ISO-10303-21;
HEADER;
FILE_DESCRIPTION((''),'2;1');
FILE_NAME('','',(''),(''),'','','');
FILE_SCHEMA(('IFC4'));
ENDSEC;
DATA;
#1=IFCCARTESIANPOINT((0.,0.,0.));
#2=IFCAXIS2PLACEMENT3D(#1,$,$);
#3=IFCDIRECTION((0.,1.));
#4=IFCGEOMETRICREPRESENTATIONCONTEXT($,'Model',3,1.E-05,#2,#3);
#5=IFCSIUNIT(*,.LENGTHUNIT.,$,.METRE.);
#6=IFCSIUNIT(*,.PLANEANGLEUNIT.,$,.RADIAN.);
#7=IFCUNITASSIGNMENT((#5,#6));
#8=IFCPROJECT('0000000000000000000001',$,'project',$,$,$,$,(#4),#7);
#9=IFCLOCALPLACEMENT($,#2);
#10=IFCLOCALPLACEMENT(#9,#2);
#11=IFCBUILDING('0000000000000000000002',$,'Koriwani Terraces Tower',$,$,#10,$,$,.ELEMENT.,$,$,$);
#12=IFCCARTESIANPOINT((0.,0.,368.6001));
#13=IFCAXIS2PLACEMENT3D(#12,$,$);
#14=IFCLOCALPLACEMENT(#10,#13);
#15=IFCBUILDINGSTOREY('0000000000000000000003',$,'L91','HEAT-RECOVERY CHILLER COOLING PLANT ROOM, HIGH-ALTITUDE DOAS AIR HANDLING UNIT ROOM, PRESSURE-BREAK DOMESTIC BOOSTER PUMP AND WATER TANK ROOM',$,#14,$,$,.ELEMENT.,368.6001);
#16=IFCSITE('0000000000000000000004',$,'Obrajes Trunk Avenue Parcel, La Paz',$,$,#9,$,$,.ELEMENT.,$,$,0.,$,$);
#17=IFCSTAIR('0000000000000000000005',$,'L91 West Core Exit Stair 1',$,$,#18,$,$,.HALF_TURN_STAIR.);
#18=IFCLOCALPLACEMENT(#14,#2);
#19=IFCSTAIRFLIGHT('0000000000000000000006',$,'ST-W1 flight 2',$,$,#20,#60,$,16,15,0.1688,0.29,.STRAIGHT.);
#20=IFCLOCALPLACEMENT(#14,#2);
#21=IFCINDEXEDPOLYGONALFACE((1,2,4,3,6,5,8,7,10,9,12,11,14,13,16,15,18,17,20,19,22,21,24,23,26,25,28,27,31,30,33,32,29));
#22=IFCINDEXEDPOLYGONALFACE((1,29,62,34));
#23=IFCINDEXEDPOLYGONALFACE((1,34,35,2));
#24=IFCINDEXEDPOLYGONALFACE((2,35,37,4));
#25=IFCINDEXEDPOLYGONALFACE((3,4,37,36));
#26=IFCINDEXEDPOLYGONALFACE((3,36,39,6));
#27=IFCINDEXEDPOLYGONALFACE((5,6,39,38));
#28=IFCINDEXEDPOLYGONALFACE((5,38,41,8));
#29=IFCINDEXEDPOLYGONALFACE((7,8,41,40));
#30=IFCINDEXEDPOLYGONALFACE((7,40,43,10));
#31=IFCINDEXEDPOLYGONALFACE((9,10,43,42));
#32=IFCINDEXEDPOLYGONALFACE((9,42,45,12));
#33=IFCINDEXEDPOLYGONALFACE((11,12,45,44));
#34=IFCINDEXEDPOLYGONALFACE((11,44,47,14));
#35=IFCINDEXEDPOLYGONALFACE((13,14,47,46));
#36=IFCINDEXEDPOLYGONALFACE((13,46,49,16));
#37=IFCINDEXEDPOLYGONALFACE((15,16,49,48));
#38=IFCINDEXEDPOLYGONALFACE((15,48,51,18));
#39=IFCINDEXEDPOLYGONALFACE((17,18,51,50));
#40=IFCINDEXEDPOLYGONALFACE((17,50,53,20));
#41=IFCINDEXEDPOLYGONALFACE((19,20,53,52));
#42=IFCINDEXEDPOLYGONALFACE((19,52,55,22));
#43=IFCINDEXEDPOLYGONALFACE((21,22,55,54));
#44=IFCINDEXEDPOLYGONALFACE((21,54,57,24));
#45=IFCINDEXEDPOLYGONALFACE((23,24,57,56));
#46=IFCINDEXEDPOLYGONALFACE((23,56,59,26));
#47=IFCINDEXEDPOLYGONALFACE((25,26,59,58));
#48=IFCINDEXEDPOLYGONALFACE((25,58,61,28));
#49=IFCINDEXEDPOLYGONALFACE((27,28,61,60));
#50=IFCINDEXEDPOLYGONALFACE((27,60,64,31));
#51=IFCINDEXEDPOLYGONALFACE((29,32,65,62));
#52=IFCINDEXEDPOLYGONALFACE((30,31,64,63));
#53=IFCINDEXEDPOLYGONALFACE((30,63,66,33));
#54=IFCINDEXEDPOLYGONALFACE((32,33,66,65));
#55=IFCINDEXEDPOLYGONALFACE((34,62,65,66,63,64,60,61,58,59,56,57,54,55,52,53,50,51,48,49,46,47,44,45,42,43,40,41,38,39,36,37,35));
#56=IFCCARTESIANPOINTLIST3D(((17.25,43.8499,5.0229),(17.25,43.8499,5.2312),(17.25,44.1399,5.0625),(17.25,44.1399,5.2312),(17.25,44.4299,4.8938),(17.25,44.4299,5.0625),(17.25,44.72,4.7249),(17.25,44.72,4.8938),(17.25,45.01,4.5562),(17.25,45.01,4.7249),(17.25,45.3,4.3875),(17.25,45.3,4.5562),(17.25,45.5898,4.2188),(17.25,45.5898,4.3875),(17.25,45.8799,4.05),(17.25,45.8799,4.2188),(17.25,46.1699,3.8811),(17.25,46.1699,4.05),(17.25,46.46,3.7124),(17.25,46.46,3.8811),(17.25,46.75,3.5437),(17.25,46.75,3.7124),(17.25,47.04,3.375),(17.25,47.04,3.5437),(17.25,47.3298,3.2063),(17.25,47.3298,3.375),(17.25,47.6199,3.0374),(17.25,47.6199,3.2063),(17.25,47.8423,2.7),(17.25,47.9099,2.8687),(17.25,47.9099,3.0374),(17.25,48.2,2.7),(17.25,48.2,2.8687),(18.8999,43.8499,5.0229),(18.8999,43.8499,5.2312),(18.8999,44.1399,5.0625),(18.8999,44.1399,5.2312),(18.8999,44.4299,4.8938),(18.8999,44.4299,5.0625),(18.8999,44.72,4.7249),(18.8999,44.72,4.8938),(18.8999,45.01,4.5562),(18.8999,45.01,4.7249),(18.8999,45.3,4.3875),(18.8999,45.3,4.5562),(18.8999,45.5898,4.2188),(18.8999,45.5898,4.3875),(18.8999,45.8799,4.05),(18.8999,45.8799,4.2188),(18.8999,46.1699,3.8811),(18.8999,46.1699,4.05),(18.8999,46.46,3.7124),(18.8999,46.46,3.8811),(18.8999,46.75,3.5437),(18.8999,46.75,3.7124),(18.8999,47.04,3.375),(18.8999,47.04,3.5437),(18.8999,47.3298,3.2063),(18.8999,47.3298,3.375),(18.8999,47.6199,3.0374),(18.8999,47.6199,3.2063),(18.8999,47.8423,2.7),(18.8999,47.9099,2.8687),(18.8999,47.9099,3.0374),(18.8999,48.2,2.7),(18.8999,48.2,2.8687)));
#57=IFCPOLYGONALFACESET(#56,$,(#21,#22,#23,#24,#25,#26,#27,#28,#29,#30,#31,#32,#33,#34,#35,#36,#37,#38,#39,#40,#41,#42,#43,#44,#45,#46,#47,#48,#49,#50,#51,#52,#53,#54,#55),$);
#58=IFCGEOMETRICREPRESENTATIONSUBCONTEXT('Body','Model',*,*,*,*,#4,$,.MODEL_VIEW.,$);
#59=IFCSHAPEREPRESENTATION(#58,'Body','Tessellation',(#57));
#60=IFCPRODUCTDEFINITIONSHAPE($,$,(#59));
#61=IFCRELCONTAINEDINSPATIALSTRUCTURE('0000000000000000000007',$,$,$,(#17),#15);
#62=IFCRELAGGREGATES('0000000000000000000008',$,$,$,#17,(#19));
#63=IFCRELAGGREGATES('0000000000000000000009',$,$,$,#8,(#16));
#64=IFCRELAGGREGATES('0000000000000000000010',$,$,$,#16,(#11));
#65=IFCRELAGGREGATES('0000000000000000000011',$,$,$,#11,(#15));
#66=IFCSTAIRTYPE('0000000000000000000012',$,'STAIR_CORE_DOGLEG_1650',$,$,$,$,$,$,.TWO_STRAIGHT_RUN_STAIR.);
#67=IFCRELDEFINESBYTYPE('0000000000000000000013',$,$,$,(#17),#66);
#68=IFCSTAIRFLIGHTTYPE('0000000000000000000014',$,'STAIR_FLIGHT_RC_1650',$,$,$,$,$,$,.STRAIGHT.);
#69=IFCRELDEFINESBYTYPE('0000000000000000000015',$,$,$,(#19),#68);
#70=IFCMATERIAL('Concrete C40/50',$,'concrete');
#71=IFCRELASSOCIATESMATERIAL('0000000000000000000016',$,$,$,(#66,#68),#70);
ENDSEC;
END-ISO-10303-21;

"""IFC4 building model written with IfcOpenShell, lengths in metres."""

from ifc_helpers import new_model, si_unit, direction, frame, origin, place, context, subcontext, project, spatial, polyline, outline, extrude, material, type_object, element, aggregate, save


model = new_model("IFC4")

# Units and contexts
model_context = context("Model", 3, precision=1e-05, world=origin(), true_north=direction((0.0, 1.0)))
body_context = subcontext(model_context, "Body", "Model", "MODEL_VIEW")
ifc_project = project(units=[si_unit("LENGTHUNIT", "METRE"), si_unit("PLANEANGLEUNIT", "RADIAN")], contexts=[model_context])

# Site, building, storey
site_placement = place(None, origin())
site = spatial("IfcSite", under=ifc_project, at=site_placement, Name="Obrajes Trunk Avenue Parcel, La Paz", CompositionType="ELEMENT", RefElevation=0.0)
building_placement = place(site_placement, origin())
building = spatial("IfcBuilding", under=site, at=building_placement, Name="Koriwani Terraces Tower", CompositionType="ELEMENT")
storey_placement = place(building_placement, frame((0.0, 0.0, 368.6001)))
storey = spatial("IfcBuildingStorey", under=building, at=storey_placement, Name="L91", Description="HEAT-RECOVERY CHILLER COOLING PLANT ROOM, HIGH-ALTITUDE DOAS AIR HANDLING UNIT ROOM, PRESSURE-BREAK DOMESTIC BOOSTER PUMP AND WATER TANK ROOM", CompositionType="ELEMENT", Elevation=368.6001)

# Shared definitions
ifc_material_1 = material(Name="Concrete C40/50", Category="concrete")

# Stair, stair flight
stair_type = type_object("IfcStairType", Name="STAIR_CORE_DOGLEG_1650", PredefinedType="TWO_STRAIGHT_RUN_STAIR", material=ifc_material_1)
stair_placement = place(storey_placement, origin())
stair = element("IfcStair", 1, at=stair_placement, inside=storey, type_object=stair_type, Name="L91 West Core Exit Stair 1", PredefinedType="HALF_TURN_STAIR")
stair_flight_type = type_object("IfcStairFlightType", Name="STAIR_FLIGHT_RC_1650", PredefinedType="STRAIGHT", material=ifc_material_1)
stair_flight_1_placement = place(storey_placement, frame((18.075, 48.2, 2.7), z_axis=(0.0, 0.0, 1.0), x_axis=(0.0, -1.0, 0.0)))
stair_flight_1 = element("IfcStairFlight", 2, at=stair_flight_1_placement, type_object=stair_flight_type, Name="ST-W1 flight 2", NumberOfRisers=16, NumberOfTreads=15, PredefinedType="STRAIGHT", RiserHeight=0.1688, TreadLength=0.29, context=body_context, shape_type="SweptSolid", body=[
    extrude(outline(polyline([(0.0, 0.0), (0.0, 0.1687), (0.29, 0.1687), (0.29, 0.3374), (0.5801, 0.3374), (0.5801, 0.5063), (0.8701, 0.5063), (0.8701, 0.675), (1.1599, 0.675), (1.1599, 0.8438), (1.45, 0.8438), (1.45, 1.0125), (1.74, 1.0125), (1.74, 1.1812), (2.03, 1.1812), (2.03, 1.3501), (2.3201, 1.3501), (2.3201, 1.5188), (2.6101, 1.5188), (2.6101, 1.6875), (2.8999, 1.6875), (2.8999, 1.8562), (3.1899, 1.8562), (3.1899, 2.0249), (3.48, 2.0249), (3.48, 2.1938), (3.77, 2.1938), (3.77, 2.3625), (4.0601, 2.3625), (4.0601, 2.5312), (4.3501, 2.5312), (4.3501, 2.7), (4.3501, 2.323), (0.3577, 0.0), (0.0, 0.0)])), frame((0.0, 0.825, 0.0), z_axis=(0.0, -1.0, 0.0), x_axis=(1.0, 0.0, 0.0)), (0.0, 0.0, 1.0), 1.6499),
])
aggregate(stair, [stair_flight_1])

save(model, "model.ifc")
